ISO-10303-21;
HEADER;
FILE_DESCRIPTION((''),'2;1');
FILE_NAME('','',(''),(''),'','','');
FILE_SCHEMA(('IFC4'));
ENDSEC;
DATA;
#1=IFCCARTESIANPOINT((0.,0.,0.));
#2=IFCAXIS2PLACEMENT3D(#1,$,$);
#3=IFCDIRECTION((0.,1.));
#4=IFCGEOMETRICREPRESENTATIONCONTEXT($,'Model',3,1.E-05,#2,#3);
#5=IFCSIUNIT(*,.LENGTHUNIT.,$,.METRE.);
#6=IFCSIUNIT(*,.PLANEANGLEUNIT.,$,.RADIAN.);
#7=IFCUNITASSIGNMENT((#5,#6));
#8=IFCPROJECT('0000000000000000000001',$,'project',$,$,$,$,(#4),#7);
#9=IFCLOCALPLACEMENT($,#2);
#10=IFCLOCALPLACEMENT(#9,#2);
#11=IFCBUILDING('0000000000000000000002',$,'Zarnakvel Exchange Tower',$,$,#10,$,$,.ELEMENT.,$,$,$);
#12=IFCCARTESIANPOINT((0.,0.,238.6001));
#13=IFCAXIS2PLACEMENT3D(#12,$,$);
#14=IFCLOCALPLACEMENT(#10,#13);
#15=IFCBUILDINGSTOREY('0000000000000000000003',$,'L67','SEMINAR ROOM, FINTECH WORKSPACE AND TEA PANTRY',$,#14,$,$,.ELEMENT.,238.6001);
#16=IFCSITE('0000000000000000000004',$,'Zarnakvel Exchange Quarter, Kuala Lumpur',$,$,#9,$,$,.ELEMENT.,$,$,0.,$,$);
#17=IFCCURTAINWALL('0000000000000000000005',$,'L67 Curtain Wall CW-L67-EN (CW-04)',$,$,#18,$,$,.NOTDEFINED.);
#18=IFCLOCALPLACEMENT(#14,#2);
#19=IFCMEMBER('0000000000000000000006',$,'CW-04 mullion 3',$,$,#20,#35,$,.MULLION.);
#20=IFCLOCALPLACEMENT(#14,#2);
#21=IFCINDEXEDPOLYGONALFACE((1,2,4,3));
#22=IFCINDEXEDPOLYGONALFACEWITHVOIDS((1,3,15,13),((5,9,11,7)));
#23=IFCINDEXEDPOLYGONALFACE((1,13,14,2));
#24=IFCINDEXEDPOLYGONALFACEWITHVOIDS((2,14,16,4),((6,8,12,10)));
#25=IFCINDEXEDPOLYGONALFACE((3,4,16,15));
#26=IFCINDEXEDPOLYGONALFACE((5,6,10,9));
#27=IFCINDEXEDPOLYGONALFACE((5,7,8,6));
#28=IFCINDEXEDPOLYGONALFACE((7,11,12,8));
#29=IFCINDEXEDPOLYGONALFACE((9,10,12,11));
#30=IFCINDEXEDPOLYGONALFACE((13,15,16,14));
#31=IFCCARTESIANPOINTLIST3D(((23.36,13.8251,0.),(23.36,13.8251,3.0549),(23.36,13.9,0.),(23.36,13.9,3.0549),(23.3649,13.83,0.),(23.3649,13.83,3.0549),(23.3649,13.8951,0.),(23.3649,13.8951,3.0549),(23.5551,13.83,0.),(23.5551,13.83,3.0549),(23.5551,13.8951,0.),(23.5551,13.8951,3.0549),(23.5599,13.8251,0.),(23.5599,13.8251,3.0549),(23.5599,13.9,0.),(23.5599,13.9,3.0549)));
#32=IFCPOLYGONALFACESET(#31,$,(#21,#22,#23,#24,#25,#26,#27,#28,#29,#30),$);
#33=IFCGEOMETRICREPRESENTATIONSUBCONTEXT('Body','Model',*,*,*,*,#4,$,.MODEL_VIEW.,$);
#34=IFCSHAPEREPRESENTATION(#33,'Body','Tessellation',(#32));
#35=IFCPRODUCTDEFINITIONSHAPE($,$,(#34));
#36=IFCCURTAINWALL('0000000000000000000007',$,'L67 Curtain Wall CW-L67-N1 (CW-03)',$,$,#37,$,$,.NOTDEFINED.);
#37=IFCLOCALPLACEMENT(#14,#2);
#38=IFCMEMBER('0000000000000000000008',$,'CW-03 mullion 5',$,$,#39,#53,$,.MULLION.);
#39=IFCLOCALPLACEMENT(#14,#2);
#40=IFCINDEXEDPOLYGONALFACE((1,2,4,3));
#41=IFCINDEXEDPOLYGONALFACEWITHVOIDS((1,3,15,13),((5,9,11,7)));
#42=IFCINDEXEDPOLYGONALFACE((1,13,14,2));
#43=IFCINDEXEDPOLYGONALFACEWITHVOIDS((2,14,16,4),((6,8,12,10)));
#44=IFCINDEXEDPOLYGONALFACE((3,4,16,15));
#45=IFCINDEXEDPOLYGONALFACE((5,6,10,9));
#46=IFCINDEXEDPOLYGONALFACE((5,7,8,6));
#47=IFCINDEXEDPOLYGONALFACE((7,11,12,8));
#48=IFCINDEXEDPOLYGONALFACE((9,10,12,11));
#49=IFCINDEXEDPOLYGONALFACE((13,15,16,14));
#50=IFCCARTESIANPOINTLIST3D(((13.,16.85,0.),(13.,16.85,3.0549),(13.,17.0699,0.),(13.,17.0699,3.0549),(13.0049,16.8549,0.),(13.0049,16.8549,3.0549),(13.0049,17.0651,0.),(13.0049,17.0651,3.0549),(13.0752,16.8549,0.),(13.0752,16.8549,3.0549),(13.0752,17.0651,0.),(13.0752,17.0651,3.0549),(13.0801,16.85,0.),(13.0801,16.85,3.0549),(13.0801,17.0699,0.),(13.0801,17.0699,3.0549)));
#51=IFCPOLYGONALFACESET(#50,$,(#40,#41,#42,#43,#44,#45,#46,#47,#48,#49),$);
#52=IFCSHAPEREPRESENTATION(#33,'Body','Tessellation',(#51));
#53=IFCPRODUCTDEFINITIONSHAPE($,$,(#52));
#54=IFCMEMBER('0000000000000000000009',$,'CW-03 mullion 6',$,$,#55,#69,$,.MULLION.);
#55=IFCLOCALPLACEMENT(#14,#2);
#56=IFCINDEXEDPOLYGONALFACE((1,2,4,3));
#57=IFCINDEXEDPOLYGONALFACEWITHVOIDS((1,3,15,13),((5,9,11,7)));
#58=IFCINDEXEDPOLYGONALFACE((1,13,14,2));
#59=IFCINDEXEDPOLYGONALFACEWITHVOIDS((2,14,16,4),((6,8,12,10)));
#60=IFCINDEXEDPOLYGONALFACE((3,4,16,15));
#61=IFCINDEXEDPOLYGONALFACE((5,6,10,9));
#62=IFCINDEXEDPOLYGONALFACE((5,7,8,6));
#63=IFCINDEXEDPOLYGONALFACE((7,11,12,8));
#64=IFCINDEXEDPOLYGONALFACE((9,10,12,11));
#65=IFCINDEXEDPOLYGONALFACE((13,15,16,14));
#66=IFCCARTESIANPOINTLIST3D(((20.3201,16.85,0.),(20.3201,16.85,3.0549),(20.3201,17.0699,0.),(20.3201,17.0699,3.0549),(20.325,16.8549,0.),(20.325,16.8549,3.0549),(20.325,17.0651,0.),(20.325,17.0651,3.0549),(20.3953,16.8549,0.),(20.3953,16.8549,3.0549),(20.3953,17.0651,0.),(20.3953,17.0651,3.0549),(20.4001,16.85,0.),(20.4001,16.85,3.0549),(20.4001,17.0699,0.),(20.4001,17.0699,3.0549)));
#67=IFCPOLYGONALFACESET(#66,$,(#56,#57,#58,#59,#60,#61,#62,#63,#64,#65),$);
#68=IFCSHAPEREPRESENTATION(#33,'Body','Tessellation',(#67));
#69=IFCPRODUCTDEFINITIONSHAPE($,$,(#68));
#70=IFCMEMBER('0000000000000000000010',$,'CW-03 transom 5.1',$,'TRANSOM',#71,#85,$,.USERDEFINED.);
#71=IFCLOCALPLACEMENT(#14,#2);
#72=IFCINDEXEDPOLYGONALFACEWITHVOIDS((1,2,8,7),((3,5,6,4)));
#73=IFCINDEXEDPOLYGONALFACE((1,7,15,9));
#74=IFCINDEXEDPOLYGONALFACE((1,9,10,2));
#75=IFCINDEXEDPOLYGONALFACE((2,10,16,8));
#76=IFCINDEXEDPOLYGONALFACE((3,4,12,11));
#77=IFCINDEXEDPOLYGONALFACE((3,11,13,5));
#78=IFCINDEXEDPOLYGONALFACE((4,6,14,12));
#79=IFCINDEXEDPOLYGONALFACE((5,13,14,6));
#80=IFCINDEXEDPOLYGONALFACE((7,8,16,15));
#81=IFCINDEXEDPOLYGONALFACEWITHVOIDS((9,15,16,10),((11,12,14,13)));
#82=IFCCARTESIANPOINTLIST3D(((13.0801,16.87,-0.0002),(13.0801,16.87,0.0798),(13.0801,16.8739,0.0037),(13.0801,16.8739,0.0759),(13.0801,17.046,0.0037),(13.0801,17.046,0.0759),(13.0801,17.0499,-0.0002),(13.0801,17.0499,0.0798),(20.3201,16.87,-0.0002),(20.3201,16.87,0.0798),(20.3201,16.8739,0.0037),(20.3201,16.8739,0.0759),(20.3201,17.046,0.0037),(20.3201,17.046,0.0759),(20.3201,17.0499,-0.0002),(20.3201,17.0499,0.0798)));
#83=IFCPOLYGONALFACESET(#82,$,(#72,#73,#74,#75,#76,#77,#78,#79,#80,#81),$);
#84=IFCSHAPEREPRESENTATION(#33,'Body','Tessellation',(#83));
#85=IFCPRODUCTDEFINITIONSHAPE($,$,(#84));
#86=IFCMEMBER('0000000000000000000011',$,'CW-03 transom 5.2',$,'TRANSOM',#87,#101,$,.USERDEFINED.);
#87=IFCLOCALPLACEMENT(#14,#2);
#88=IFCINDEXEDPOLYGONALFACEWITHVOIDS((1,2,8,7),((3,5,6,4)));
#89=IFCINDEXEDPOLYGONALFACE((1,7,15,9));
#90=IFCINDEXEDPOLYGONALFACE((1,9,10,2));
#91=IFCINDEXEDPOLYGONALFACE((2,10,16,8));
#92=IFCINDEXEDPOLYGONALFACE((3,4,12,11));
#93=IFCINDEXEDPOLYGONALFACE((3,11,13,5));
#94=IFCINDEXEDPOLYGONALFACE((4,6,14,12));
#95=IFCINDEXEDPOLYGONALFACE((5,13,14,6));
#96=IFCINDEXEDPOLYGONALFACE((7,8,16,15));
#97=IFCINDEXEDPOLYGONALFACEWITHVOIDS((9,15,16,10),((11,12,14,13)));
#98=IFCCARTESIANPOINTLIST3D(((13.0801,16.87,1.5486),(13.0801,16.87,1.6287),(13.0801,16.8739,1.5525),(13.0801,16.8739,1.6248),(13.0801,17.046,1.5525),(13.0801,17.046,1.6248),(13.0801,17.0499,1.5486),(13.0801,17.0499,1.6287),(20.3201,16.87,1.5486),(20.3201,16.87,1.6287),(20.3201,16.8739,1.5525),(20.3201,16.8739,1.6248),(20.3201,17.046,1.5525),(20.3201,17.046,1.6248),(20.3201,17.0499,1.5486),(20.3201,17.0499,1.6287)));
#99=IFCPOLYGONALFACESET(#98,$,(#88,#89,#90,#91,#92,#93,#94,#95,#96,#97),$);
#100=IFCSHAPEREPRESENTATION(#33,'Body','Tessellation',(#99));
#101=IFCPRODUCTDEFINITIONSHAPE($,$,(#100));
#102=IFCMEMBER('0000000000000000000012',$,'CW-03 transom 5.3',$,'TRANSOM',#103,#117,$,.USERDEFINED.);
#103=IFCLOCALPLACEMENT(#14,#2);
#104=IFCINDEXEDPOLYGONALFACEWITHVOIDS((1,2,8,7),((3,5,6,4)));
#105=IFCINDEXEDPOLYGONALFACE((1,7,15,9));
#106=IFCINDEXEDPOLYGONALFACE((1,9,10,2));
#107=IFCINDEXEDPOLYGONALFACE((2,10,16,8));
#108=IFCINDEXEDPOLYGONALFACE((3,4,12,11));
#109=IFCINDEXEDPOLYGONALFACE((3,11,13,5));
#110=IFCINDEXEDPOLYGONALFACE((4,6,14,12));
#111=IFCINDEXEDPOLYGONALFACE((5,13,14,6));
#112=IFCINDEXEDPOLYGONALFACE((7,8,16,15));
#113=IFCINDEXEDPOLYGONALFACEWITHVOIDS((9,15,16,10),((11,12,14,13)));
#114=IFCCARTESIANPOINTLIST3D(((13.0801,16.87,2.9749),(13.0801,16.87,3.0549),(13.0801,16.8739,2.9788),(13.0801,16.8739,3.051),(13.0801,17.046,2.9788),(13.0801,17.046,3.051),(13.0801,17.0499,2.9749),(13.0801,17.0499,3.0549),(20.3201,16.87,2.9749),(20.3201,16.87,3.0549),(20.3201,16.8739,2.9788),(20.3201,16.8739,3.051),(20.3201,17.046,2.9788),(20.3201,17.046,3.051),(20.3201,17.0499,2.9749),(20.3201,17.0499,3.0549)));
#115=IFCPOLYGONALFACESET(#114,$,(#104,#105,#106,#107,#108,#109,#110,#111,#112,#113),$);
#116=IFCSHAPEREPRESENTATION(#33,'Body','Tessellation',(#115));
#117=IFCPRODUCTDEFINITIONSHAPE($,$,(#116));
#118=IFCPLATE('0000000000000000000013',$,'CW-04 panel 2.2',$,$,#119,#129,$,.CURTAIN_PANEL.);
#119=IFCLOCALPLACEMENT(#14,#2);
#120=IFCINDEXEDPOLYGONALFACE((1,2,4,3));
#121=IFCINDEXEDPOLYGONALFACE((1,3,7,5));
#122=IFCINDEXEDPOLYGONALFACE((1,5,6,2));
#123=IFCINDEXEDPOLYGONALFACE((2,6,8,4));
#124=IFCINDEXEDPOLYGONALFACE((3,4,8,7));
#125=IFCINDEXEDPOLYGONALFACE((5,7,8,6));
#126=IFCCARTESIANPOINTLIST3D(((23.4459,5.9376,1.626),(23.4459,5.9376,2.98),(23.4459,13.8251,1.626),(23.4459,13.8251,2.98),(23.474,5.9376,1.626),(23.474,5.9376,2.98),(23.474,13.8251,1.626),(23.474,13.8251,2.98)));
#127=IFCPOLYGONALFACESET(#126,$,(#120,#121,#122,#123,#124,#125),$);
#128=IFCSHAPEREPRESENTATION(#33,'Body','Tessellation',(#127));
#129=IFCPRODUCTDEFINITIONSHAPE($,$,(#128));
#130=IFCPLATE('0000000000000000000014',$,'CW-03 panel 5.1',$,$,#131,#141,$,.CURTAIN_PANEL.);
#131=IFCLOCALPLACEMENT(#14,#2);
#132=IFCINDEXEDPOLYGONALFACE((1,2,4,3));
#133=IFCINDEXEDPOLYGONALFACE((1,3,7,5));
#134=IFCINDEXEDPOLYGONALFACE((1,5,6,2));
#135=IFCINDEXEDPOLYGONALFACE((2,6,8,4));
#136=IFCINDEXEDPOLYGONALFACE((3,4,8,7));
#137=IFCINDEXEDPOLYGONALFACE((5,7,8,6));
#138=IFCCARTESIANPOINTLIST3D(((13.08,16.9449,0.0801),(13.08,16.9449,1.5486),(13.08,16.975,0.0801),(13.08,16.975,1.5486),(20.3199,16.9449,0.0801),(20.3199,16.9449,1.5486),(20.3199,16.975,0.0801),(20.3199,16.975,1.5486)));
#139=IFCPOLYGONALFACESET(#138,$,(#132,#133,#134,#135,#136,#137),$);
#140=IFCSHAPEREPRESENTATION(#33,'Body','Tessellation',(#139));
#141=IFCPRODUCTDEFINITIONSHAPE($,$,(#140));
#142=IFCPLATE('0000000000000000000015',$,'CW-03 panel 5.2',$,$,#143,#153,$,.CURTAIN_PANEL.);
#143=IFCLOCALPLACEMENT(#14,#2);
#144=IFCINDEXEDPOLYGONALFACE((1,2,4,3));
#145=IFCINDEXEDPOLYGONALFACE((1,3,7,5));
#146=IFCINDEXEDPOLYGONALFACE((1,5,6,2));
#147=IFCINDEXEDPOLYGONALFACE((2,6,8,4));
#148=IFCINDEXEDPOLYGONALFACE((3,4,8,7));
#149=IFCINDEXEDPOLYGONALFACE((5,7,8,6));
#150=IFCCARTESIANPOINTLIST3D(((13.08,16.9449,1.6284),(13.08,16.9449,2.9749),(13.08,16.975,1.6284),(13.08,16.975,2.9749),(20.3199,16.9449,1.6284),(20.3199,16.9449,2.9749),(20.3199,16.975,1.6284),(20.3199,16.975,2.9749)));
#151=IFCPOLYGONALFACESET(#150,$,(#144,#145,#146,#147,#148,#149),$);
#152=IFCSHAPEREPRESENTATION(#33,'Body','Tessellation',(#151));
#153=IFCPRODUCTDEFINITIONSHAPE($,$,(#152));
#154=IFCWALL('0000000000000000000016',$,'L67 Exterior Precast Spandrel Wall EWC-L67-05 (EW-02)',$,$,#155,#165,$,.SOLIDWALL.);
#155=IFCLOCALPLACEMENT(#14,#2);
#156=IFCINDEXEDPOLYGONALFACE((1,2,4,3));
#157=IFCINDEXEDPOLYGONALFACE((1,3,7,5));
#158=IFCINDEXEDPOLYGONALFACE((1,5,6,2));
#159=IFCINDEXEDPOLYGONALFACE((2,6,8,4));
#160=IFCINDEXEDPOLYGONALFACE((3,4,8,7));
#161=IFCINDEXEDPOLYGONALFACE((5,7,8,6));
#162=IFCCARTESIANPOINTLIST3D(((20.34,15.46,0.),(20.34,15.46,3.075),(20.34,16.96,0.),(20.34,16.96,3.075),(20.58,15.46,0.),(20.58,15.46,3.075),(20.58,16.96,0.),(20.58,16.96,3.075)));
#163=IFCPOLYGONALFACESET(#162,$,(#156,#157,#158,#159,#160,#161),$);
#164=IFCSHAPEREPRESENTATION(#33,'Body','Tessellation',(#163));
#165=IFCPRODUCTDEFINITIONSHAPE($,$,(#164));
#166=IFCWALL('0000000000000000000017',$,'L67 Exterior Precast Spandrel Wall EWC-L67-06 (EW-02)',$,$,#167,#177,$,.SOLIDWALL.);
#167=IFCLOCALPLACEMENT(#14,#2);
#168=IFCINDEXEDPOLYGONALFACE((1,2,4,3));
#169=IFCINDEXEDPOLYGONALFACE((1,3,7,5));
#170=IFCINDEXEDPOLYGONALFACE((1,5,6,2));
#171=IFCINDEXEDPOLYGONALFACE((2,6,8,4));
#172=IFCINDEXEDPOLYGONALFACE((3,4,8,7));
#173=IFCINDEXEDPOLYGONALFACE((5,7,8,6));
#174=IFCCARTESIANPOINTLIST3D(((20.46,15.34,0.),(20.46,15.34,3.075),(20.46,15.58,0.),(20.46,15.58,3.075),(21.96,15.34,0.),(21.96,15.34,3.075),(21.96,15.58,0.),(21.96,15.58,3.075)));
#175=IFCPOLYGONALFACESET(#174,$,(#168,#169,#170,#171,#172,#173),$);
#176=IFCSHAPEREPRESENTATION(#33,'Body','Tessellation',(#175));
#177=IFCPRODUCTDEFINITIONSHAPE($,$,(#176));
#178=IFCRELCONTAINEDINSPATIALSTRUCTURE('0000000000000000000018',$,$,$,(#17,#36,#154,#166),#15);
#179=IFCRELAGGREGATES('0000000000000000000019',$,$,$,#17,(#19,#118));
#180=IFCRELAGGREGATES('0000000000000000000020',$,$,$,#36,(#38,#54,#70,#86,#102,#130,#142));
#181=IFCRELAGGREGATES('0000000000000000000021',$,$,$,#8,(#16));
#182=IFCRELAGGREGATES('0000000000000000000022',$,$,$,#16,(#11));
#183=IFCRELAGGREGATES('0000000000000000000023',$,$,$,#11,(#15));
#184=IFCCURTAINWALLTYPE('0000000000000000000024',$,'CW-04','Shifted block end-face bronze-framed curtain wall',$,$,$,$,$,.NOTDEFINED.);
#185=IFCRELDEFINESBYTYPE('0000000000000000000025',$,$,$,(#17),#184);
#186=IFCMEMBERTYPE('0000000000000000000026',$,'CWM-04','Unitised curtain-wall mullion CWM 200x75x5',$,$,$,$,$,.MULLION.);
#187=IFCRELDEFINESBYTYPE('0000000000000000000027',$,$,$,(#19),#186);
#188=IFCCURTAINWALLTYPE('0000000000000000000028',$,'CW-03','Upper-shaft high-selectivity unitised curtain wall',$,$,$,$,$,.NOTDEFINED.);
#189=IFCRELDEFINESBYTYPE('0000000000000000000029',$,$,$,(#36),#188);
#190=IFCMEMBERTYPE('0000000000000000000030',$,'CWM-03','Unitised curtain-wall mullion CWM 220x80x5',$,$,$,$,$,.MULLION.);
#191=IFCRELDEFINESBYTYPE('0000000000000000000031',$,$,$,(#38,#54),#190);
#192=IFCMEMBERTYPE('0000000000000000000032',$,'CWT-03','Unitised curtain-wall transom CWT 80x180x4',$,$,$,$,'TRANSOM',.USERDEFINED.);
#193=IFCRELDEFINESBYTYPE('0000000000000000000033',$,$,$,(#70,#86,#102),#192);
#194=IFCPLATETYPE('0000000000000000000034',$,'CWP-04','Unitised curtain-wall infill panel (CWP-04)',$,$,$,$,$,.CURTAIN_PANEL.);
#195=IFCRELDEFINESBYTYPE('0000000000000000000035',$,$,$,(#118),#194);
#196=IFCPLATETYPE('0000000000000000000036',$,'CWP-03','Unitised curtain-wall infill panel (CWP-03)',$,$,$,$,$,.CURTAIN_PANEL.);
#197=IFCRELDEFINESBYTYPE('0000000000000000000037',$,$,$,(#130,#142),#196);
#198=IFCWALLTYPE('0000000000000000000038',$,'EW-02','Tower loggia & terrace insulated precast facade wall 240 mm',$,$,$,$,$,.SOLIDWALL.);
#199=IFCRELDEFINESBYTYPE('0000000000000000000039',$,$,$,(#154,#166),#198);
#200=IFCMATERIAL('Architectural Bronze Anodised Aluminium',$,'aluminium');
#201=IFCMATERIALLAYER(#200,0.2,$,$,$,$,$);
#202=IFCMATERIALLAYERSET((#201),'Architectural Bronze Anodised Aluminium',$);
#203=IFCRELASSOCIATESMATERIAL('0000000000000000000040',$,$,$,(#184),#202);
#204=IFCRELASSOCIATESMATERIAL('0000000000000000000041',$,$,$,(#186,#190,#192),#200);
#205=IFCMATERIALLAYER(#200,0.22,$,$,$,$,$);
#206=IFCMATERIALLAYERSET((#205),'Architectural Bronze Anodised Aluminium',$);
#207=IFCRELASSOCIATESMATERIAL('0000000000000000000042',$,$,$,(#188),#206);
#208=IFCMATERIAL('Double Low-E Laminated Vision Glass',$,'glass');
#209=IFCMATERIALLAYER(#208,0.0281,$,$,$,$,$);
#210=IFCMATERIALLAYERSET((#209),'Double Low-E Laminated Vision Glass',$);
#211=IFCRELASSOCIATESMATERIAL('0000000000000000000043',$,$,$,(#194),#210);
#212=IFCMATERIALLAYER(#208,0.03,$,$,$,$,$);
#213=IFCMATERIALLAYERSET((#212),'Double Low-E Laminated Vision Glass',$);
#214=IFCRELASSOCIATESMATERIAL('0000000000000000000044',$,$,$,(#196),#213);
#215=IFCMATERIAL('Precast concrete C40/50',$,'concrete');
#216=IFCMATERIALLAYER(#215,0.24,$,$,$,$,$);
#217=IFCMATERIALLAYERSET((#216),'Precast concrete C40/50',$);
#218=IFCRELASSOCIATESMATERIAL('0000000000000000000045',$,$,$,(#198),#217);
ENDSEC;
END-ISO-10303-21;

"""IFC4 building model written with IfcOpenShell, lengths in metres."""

from ifc_helpers import new_model, si_unit, direction, frame, frame_2d, origin, origin_2d, place, context, subcontext, project, spatial, rectangle, hollow_rectangle, extrude, source, transform, mapped, material, layer, layer_set, material_profile, profile_set, type_object, element, aggregate, save


model = new_model("IFC4")

# Units and contexts
model_context = context("Model", 3, precision=1e-05, world=origin(), true_north=direction((0.0, 1.0)))
body_context = subcontext(model_context, "Body", "Model", "MODEL_VIEW")
ifc_project = project(units=[si_unit("LENGTHUNIT", "METRE"), si_unit("PLANEANGLEUNIT", "RADIAN")], contexts=[model_context])

# Site, building, storey
site_placement = place(None, origin())
site = spatial("IfcSite", under=ifc_project, at=site_placement, Name="Zarnakvel Exchange Quarter, Kuala Lumpur", CompositionType="ELEMENT", RefElevation=0.0)
building_placement = place(site_placement, origin())
building = spatial("IfcBuilding", under=site, at=building_placement, Name="Zarnakvel Exchange Tower", CompositionType="ELEMENT")
storey_placement = place(building_placement, frame((0.0, 0.0, 238.6001)))
storey = spatial("IfcBuildingStorey", under=building, at=storey_placement, Name="L67", Description="SEMINAR ROOM, FINTECH WORKSPACE AND TEA PANTRY", CompositionType="ELEMENT", Elevation=238.6001)

# Curtain wall, member
ifc_material_1 = material(Name="Architectural Bronze Anodised Aluminium", Category="aluminium")
ifc_layer_1 = layer(ifc_material_1, 0.2)
ifc_layer_set_1 = layer_set([ifc_layer_1], Name="Architectural Bronze Anodised Aluminium")
curtain_wall_type_1 = type_object("IfcCurtainWallType", Name="CW-04", Description="Shifted block end-face bronze-framed curtain wall", PredefinedType="NOTDEFINED", material=ifc_layer_set_1)
curtain_wall_1_placement = place(storey_placement, origin())
curtain_wall_1 = element("IfcCurtainWall", 1, at=curtain_wall_1_placement, inside=storey, type_object=curtain_wall_type_1, Name="L67 Curtain Wall CW-L67-EN (CW-04)", PredefinedType="NOTDEFINED")
ifc_material_profile_1 = material_profile(ifc_material_1, hollow_rectangle(XDim=0.2, YDim=0.075, WallThickness=0.0049, at=origin_2d()))
ifc_profile_set_1 = profile_set([ifc_material_profile_1], Name="Architectural Bronze Anodised Aluminium")
member_type_1 = type_object("IfcMemberType", Name="CWM-04", Description="Unitised curtain-wall mullion CWM 200x75x5", PredefinedType="MULLION", material=ifc_profile_set_1)
shared_shape_1 = source(origin(), body_context, "Body", "SweptSolid", [
    extrude(hollow_rectangle(XDim=0.2, YDim=0.075, WallThickness=0.0049, at=origin_2d()), origin(), (0.0, 0.0, 1.0), 3.0549),
])
member_1_placement = place(storey_placement, frame((23.46, 13.8625, 0.0), z_axis=(0.0, 0.0, 1.0), x_axis=(-1.0, 0.0, 0.0)))
member_1 = element("IfcMember", 2, at=member_1_placement, type_object=member_type_1, Name="CW-04 mullion 3", PredefinedType="MULLION", context=body_context, shape_type="MappedRepresentation", body=[
    mapped(shared_shape_1, transform((0.0, 0.0, 0.0), x_axis=(1.0, 0.0, 0.0), y_axis=(0.0, 1.0, 0.0), z_axis=(0.0, 0.0, 1.0), scale=1.0)),
])

# Curtain wall, members
ifc_layer_2 = layer(ifc_material_1, 0.22)
ifc_layer_set_2 = layer_set([ifc_layer_2], Name="Architectural Bronze Anodised Aluminium")
curtain_wall_type_2 = type_object("IfcCurtainWallType", Name="CW-03", Description="Upper-shaft high-selectivity unitised curtain wall", PredefinedType="NOTDEFINED", material=ifc_layer_set_2)
curtain_wall_2_placement = place(storey_placement, origin())
curtain_wall_2 = element("IfcCurtainWall", 3, at=curtain_wall_2_placement, inside=storey, type_object=curtain_wall_type_2, Name="L67 Curtain Wall CW-L67-N1 (CW-03)", PredefinedType="NOTDEFINED")
ifc_material_profile_2 = material_profile(ifc_material_1, hollow_rectangle(XDim=0.22, YDim=0.0801, WallThickness=0.0049, at=origin_2d()))
ifc_profile_set_2 = profile_set([ifc_material_profile_2], Name="Architectural Bronze Anodised Aluminium")
member_type_2 = type_object("IfcMemberType", Name="CWM-03", Description="Unitised curtain-wall mullion CWM 220x80x5", PredefinedType="MULLION", material=ifc_profile_set_2)
shared_shape_2 = source(origin(), body_context, "Body", "SweptSolid", [
    extrude(hollow_rectangle(XDim=0.22, YDim=0.0801, WallThickness=0.0049, at=origin_2d()), origin(), (0.0, 0.0, 1.0), 3.0549),
])
member_2_placement = place(storey_placement, frame((13.04, 16.96, 0.0), z_axis=(0.0, 0.0, 1.0), x_axis=(0.0, 1.0, 0.0)))
member_2 = element("IfcMember", 4, at=member_2_placement, type_object=member_type_2, Name="CW-03 mullion 5", PredefinedType="MULLION", context=body_context, shape_type="MappedRepresentation", body=[
    mapped(shared_shape_2, transform((0.0, 0.0, 0.0), x_axis=(1.0, 0.0, 0.0), y_axis=(0.0, 1.0, 0.0), z_axis=(0.0, 0.0, 1.0), scale=1.0)),
])
member_3_placement = place(storey_placement, frame((20.3601, 16.96, 0.0), z_axis=(0.0, 0.0, 1.0), x_axis=(0.0, 1.0, 0.0)))
member_3 = element("IfcMember", 5, at=member_3_placement, type_object=member_type_2, Name="CW-03 mullion 6", PredefinedType="MULLION", context=body_context, shape_type="MappedRepresentation", body=[
    mapped(shared_shape_2, transform((0.0, 0.0, 0.0), x_axis=(1.0, 0.0, 0.0), y_axis=(0.0, 1.0, 0.0), z_axis=(0.0, 0.0, 1.0), scale=1.0)),
])
ifc_material_profile_3 = material_profile(ifc_material_1, hollow_rectangle(XDim=0.1799, YDim=0.0801, WallThickness=0.0039, at=origin_2d()))
ifc_profile_set_3 = profile_set([ifc_material_profile_3], Name="Architectural Bronze Anodised Aluminium")
member_type_3 = type_object("IfcMemberType", Name="CWT-03", Description="Unitised curtain-wall transom CWT 80x180x4", ElementType="TRANSOM", PredefinedType="USERDEFINED", material=ifc_profile_set_3)
shared_shape_3 = source(origin(), body_context, "Body", "SweptSolid", [
    extrude(hollow_rectangle(XDim=0.1799, YDim=0.0801, WallThickness=0.0039, at=origin_2d()), origin(), (0.0, 0.0, 1.0), 7.24),
])
member_4_placement = place(storey_placement, frame((13.0801, 16.96, 0.0398), z_axis=(1.0, 0.0, 0.0), x_axis=(0.0, 1.0, 0.0)))
member_4 = element("IfcMember", 6, at=member_4_placement, type_object=member_type_3, Name="CW-03 transom 5.1", ObjectType="TRANSOM", PredefinedType="USERDEFINED", context=body_context, shape_type="MappedRepresentation", body=[
    mapped(shared_shape_3, transform((0.0, 0.0, 0.0), x_axis=(1.0, 0.0, 0.0), y_axis=(0.0, 1.0, 0.0), z_axis=(0.0, 0.0, 1.0), scale=1.0)),
])
member_5_placement = place(storey_placement, frame((13.0801, 16.96, 1.5886), z_axis=(1.0, 0.0, 0.0), x_axis=(0.0, 1.0, 0.0)))
member_5 = element("IfcMember", 7, at=member_5_placement, type_object=member_type_3, Name="CW-03 transom 5.2", ObjectType="TRANSOM", PredefinedType="USERDEFINED", context=body_context, shape_type="MappedRepresentation", body=[
    mapped(shared_shape_3, transform((0.0, 0.0, 0.0), x_axis=(1.0, 0.0, 0.0), y_axis=(0.0, 1.0, 0.0), z_axis=(0.0, 0.0, 1.0), scale=1.0)),
])
member_6_placement = place(storey_placement, frame((13.0801, 16.96, 3.0149), z_axis=(1.0, 0.0, 0.0), x_axis=(0.0, 1.0, 0.0)))
member_6 = element("IfcMember", 8, at=member_6_placement, type_object=member_type_3, Name="CW-03 transom 5.3", ObjectType="TRANSOM", PredefinedType="USERDEFINED", context=body_context, shape_type="MappedRepresentation", body=[
    mapped(shared_shape_3, transform((0.0, 0.0, 0.0), x_axis=(1.0, 0.0, 0.0), y_axis=(0.0, 1.0, 0.0), z_axis=(0.0, 0.0, 1.0), scale=1.0)),
])

# Plates
ifc_material_2 = material(Name="Double Low-E Laminated Vision Glass", Category="glass")
ifc_layer_3 = layer(ifc_material_2, 0.0281)
ifc_layer_set_3 = layer_set([ifc_layer_3], Name="Double Low-E Laminated Vision Glass")
plate_type_1 = type_object("IfcPlateType", Name="CWP-04", Description="Unitised curtain-wall infill panel (CWP-04)", PredefinedType="CURTAIN_PANEL", material=ifc_layer_set_3)
shared_shape_4 = source(origin(), body_context, "Body", "SweptSolid", [
    extrude(rectangle(XDim=7.8875, YDim=0.0281, at=origin_2d()), origin(), (0.0, 0.0, 1.0), 1.354),
])
plate_1_placement = place(storey_placement, frame((23.46, 9.8813, 1.626), z_axis=(0.0, 0.0, 1.0), x_axis=(0.0, 1.0, 0.0)))
plate_1 = element("IfcPlate", 9, at=plate_1_placement, type_object=plate_type_1, Name="CW-04 panel 2.2", PredefinedType="CURTAIN_PANEL", context=body_context, shape_type="MappedRepresentation", body=[
    mapped(shared_shape_4, transform((0.0, 0.0, 0.0), x_axis=(1.0, 0.0, 0.0), y_axis=(0.0, 1.0, 0.0), z_axis=(0.0, 0.0, 1.0), scale=1.0)),
])
aggregate(curtain_wall_1, [member_1, plate_1])
ifc_layer_4 = layer(ifc_material_2, 0.03)
ifc_layer_set_4 = layer_set([ifc_layer_4], Name="Double Low-E Laminated Vision Glass")
plate_type_2 = type_object("IfcPlateType", Name="CWP-03", Description="Unitised curtain-wall infill panel (CWP-03)", PredefinedType="CURTAIN_PANEL", material=ifc_layer_set_4)
shared_shape_5 = source(origin(), body_context, "Body", "SweptSolid", [
    extrude(rectangle(XDim=7.24, YDim=0.03, at=origin_2d()), origin(), (0.0, 0.0, 1.0), 1.4685),
])
plate_2_placement = place(storey_placement, frame((16.7, 16.96, 0.0801), z_axis=(0.0, 0.0, 1.0), x_axis=(1.0, 0.0, 0.0)))
plate_2 = element("IfcPlate", 10, at=plate_2_placement, type_object=plate_type_2, Name="CW-03 panel 5.1", PredefinedType="CURTAIN_PANEL", context=body_context, shape_type="MappedRepresentation", body=[
    mapped(shared_shape_5, transform((0.0, 0.0, 0.0), x_axis=(1.0, 0.0, 0.0), y_axis=(0.0, 1.0, 0.0), z_axis=(0.0, 0.0, 1.0), scale=1.0)),
])
shared_shape_6 = source(origin(), body_context, "Body", "SweptSolid", [
    extrude(rectangle(XDim=7.24, YDim=0.03, at=origin_2d()), origin(), (0.0, 0.0, 1.0), 1.3464),
])
plate_3_placement = place(storey_placement, frame((16.7, 16.96, 1.6284), z_axis=(0.0, 0.0, 1.0), x_axis=(1.0, 0.0, 0.0)))
plate_3 = element("IfcPlate", 11, at=plate_3_placement, type_object=plate_type_2, Name="CW-03 panel 5.2", PredefinedType="CURTAIN_PANEL", context=body_context, shape_type="MappedRepresentation", body=[
    mapped(shared_shape_6, transform((0.0, 0.0, 0.0), x_axis=(1.0, 0.0, 0.0), y_axis=(0.0, 1.0, 0.0), z_axis=(0.0, 0.0, 1.0), scale=1.0)),
])
aggregate(curtain_wall_2, [member_2, member_3, member_4, member_5, member_6, plate_2, plate_3])

# Walls
ifc_material_3 = material(Name="Precast concrete C40/50", Category="concrete")
ifc_layer_5 = layer(ifc_material_3, 0.24)
ifc_layer_set_5 = layer_set([ifc_layer_5], Name="Precast concrete C40/50")
wall_type_1 = type_object("IfcWallType", Name="EW-02", Description="Tower loggia & terrace insulated precast facade wall 240 mm", PredefinedType="SOLIDWALL", material=ifc_layer_set_5)
for number, where, z_axis, x_axis, name in (
    (12, (20.46, 15.46, 0.0), (0.0, 0.0, 1.0), (0.0, 1.0, 0.0), "L67 Exterior Precast Spandrel Wall EWC-L67-05 (EW-02)"),
    (13, (21.96, 15.46, 0.0), (0.0, 0.0, 1.0), (-1.0, 0.0, 0.0), "L67 Exterior Precast Spandrel Wall EWC-L67-06 (EW-02)"),
):
    element("IfcWall", number, at=place(storey_placement, frame(where, z_axis=z_axis, x_axis=x_axis)), inside=storey, type_object=wall_type_1, Name=name, PredefinedType="SOLIDWALL", context=body_context, shape_type="SweptSolid", body=[
        extrude(rectangle(XDim=1.5, YDim=0.24, at=frame_2d((0.75, 0.0))), origin(), (0.0, 0.0, 1.0), 3.075),
    ])

save(model, "model.ifc")
